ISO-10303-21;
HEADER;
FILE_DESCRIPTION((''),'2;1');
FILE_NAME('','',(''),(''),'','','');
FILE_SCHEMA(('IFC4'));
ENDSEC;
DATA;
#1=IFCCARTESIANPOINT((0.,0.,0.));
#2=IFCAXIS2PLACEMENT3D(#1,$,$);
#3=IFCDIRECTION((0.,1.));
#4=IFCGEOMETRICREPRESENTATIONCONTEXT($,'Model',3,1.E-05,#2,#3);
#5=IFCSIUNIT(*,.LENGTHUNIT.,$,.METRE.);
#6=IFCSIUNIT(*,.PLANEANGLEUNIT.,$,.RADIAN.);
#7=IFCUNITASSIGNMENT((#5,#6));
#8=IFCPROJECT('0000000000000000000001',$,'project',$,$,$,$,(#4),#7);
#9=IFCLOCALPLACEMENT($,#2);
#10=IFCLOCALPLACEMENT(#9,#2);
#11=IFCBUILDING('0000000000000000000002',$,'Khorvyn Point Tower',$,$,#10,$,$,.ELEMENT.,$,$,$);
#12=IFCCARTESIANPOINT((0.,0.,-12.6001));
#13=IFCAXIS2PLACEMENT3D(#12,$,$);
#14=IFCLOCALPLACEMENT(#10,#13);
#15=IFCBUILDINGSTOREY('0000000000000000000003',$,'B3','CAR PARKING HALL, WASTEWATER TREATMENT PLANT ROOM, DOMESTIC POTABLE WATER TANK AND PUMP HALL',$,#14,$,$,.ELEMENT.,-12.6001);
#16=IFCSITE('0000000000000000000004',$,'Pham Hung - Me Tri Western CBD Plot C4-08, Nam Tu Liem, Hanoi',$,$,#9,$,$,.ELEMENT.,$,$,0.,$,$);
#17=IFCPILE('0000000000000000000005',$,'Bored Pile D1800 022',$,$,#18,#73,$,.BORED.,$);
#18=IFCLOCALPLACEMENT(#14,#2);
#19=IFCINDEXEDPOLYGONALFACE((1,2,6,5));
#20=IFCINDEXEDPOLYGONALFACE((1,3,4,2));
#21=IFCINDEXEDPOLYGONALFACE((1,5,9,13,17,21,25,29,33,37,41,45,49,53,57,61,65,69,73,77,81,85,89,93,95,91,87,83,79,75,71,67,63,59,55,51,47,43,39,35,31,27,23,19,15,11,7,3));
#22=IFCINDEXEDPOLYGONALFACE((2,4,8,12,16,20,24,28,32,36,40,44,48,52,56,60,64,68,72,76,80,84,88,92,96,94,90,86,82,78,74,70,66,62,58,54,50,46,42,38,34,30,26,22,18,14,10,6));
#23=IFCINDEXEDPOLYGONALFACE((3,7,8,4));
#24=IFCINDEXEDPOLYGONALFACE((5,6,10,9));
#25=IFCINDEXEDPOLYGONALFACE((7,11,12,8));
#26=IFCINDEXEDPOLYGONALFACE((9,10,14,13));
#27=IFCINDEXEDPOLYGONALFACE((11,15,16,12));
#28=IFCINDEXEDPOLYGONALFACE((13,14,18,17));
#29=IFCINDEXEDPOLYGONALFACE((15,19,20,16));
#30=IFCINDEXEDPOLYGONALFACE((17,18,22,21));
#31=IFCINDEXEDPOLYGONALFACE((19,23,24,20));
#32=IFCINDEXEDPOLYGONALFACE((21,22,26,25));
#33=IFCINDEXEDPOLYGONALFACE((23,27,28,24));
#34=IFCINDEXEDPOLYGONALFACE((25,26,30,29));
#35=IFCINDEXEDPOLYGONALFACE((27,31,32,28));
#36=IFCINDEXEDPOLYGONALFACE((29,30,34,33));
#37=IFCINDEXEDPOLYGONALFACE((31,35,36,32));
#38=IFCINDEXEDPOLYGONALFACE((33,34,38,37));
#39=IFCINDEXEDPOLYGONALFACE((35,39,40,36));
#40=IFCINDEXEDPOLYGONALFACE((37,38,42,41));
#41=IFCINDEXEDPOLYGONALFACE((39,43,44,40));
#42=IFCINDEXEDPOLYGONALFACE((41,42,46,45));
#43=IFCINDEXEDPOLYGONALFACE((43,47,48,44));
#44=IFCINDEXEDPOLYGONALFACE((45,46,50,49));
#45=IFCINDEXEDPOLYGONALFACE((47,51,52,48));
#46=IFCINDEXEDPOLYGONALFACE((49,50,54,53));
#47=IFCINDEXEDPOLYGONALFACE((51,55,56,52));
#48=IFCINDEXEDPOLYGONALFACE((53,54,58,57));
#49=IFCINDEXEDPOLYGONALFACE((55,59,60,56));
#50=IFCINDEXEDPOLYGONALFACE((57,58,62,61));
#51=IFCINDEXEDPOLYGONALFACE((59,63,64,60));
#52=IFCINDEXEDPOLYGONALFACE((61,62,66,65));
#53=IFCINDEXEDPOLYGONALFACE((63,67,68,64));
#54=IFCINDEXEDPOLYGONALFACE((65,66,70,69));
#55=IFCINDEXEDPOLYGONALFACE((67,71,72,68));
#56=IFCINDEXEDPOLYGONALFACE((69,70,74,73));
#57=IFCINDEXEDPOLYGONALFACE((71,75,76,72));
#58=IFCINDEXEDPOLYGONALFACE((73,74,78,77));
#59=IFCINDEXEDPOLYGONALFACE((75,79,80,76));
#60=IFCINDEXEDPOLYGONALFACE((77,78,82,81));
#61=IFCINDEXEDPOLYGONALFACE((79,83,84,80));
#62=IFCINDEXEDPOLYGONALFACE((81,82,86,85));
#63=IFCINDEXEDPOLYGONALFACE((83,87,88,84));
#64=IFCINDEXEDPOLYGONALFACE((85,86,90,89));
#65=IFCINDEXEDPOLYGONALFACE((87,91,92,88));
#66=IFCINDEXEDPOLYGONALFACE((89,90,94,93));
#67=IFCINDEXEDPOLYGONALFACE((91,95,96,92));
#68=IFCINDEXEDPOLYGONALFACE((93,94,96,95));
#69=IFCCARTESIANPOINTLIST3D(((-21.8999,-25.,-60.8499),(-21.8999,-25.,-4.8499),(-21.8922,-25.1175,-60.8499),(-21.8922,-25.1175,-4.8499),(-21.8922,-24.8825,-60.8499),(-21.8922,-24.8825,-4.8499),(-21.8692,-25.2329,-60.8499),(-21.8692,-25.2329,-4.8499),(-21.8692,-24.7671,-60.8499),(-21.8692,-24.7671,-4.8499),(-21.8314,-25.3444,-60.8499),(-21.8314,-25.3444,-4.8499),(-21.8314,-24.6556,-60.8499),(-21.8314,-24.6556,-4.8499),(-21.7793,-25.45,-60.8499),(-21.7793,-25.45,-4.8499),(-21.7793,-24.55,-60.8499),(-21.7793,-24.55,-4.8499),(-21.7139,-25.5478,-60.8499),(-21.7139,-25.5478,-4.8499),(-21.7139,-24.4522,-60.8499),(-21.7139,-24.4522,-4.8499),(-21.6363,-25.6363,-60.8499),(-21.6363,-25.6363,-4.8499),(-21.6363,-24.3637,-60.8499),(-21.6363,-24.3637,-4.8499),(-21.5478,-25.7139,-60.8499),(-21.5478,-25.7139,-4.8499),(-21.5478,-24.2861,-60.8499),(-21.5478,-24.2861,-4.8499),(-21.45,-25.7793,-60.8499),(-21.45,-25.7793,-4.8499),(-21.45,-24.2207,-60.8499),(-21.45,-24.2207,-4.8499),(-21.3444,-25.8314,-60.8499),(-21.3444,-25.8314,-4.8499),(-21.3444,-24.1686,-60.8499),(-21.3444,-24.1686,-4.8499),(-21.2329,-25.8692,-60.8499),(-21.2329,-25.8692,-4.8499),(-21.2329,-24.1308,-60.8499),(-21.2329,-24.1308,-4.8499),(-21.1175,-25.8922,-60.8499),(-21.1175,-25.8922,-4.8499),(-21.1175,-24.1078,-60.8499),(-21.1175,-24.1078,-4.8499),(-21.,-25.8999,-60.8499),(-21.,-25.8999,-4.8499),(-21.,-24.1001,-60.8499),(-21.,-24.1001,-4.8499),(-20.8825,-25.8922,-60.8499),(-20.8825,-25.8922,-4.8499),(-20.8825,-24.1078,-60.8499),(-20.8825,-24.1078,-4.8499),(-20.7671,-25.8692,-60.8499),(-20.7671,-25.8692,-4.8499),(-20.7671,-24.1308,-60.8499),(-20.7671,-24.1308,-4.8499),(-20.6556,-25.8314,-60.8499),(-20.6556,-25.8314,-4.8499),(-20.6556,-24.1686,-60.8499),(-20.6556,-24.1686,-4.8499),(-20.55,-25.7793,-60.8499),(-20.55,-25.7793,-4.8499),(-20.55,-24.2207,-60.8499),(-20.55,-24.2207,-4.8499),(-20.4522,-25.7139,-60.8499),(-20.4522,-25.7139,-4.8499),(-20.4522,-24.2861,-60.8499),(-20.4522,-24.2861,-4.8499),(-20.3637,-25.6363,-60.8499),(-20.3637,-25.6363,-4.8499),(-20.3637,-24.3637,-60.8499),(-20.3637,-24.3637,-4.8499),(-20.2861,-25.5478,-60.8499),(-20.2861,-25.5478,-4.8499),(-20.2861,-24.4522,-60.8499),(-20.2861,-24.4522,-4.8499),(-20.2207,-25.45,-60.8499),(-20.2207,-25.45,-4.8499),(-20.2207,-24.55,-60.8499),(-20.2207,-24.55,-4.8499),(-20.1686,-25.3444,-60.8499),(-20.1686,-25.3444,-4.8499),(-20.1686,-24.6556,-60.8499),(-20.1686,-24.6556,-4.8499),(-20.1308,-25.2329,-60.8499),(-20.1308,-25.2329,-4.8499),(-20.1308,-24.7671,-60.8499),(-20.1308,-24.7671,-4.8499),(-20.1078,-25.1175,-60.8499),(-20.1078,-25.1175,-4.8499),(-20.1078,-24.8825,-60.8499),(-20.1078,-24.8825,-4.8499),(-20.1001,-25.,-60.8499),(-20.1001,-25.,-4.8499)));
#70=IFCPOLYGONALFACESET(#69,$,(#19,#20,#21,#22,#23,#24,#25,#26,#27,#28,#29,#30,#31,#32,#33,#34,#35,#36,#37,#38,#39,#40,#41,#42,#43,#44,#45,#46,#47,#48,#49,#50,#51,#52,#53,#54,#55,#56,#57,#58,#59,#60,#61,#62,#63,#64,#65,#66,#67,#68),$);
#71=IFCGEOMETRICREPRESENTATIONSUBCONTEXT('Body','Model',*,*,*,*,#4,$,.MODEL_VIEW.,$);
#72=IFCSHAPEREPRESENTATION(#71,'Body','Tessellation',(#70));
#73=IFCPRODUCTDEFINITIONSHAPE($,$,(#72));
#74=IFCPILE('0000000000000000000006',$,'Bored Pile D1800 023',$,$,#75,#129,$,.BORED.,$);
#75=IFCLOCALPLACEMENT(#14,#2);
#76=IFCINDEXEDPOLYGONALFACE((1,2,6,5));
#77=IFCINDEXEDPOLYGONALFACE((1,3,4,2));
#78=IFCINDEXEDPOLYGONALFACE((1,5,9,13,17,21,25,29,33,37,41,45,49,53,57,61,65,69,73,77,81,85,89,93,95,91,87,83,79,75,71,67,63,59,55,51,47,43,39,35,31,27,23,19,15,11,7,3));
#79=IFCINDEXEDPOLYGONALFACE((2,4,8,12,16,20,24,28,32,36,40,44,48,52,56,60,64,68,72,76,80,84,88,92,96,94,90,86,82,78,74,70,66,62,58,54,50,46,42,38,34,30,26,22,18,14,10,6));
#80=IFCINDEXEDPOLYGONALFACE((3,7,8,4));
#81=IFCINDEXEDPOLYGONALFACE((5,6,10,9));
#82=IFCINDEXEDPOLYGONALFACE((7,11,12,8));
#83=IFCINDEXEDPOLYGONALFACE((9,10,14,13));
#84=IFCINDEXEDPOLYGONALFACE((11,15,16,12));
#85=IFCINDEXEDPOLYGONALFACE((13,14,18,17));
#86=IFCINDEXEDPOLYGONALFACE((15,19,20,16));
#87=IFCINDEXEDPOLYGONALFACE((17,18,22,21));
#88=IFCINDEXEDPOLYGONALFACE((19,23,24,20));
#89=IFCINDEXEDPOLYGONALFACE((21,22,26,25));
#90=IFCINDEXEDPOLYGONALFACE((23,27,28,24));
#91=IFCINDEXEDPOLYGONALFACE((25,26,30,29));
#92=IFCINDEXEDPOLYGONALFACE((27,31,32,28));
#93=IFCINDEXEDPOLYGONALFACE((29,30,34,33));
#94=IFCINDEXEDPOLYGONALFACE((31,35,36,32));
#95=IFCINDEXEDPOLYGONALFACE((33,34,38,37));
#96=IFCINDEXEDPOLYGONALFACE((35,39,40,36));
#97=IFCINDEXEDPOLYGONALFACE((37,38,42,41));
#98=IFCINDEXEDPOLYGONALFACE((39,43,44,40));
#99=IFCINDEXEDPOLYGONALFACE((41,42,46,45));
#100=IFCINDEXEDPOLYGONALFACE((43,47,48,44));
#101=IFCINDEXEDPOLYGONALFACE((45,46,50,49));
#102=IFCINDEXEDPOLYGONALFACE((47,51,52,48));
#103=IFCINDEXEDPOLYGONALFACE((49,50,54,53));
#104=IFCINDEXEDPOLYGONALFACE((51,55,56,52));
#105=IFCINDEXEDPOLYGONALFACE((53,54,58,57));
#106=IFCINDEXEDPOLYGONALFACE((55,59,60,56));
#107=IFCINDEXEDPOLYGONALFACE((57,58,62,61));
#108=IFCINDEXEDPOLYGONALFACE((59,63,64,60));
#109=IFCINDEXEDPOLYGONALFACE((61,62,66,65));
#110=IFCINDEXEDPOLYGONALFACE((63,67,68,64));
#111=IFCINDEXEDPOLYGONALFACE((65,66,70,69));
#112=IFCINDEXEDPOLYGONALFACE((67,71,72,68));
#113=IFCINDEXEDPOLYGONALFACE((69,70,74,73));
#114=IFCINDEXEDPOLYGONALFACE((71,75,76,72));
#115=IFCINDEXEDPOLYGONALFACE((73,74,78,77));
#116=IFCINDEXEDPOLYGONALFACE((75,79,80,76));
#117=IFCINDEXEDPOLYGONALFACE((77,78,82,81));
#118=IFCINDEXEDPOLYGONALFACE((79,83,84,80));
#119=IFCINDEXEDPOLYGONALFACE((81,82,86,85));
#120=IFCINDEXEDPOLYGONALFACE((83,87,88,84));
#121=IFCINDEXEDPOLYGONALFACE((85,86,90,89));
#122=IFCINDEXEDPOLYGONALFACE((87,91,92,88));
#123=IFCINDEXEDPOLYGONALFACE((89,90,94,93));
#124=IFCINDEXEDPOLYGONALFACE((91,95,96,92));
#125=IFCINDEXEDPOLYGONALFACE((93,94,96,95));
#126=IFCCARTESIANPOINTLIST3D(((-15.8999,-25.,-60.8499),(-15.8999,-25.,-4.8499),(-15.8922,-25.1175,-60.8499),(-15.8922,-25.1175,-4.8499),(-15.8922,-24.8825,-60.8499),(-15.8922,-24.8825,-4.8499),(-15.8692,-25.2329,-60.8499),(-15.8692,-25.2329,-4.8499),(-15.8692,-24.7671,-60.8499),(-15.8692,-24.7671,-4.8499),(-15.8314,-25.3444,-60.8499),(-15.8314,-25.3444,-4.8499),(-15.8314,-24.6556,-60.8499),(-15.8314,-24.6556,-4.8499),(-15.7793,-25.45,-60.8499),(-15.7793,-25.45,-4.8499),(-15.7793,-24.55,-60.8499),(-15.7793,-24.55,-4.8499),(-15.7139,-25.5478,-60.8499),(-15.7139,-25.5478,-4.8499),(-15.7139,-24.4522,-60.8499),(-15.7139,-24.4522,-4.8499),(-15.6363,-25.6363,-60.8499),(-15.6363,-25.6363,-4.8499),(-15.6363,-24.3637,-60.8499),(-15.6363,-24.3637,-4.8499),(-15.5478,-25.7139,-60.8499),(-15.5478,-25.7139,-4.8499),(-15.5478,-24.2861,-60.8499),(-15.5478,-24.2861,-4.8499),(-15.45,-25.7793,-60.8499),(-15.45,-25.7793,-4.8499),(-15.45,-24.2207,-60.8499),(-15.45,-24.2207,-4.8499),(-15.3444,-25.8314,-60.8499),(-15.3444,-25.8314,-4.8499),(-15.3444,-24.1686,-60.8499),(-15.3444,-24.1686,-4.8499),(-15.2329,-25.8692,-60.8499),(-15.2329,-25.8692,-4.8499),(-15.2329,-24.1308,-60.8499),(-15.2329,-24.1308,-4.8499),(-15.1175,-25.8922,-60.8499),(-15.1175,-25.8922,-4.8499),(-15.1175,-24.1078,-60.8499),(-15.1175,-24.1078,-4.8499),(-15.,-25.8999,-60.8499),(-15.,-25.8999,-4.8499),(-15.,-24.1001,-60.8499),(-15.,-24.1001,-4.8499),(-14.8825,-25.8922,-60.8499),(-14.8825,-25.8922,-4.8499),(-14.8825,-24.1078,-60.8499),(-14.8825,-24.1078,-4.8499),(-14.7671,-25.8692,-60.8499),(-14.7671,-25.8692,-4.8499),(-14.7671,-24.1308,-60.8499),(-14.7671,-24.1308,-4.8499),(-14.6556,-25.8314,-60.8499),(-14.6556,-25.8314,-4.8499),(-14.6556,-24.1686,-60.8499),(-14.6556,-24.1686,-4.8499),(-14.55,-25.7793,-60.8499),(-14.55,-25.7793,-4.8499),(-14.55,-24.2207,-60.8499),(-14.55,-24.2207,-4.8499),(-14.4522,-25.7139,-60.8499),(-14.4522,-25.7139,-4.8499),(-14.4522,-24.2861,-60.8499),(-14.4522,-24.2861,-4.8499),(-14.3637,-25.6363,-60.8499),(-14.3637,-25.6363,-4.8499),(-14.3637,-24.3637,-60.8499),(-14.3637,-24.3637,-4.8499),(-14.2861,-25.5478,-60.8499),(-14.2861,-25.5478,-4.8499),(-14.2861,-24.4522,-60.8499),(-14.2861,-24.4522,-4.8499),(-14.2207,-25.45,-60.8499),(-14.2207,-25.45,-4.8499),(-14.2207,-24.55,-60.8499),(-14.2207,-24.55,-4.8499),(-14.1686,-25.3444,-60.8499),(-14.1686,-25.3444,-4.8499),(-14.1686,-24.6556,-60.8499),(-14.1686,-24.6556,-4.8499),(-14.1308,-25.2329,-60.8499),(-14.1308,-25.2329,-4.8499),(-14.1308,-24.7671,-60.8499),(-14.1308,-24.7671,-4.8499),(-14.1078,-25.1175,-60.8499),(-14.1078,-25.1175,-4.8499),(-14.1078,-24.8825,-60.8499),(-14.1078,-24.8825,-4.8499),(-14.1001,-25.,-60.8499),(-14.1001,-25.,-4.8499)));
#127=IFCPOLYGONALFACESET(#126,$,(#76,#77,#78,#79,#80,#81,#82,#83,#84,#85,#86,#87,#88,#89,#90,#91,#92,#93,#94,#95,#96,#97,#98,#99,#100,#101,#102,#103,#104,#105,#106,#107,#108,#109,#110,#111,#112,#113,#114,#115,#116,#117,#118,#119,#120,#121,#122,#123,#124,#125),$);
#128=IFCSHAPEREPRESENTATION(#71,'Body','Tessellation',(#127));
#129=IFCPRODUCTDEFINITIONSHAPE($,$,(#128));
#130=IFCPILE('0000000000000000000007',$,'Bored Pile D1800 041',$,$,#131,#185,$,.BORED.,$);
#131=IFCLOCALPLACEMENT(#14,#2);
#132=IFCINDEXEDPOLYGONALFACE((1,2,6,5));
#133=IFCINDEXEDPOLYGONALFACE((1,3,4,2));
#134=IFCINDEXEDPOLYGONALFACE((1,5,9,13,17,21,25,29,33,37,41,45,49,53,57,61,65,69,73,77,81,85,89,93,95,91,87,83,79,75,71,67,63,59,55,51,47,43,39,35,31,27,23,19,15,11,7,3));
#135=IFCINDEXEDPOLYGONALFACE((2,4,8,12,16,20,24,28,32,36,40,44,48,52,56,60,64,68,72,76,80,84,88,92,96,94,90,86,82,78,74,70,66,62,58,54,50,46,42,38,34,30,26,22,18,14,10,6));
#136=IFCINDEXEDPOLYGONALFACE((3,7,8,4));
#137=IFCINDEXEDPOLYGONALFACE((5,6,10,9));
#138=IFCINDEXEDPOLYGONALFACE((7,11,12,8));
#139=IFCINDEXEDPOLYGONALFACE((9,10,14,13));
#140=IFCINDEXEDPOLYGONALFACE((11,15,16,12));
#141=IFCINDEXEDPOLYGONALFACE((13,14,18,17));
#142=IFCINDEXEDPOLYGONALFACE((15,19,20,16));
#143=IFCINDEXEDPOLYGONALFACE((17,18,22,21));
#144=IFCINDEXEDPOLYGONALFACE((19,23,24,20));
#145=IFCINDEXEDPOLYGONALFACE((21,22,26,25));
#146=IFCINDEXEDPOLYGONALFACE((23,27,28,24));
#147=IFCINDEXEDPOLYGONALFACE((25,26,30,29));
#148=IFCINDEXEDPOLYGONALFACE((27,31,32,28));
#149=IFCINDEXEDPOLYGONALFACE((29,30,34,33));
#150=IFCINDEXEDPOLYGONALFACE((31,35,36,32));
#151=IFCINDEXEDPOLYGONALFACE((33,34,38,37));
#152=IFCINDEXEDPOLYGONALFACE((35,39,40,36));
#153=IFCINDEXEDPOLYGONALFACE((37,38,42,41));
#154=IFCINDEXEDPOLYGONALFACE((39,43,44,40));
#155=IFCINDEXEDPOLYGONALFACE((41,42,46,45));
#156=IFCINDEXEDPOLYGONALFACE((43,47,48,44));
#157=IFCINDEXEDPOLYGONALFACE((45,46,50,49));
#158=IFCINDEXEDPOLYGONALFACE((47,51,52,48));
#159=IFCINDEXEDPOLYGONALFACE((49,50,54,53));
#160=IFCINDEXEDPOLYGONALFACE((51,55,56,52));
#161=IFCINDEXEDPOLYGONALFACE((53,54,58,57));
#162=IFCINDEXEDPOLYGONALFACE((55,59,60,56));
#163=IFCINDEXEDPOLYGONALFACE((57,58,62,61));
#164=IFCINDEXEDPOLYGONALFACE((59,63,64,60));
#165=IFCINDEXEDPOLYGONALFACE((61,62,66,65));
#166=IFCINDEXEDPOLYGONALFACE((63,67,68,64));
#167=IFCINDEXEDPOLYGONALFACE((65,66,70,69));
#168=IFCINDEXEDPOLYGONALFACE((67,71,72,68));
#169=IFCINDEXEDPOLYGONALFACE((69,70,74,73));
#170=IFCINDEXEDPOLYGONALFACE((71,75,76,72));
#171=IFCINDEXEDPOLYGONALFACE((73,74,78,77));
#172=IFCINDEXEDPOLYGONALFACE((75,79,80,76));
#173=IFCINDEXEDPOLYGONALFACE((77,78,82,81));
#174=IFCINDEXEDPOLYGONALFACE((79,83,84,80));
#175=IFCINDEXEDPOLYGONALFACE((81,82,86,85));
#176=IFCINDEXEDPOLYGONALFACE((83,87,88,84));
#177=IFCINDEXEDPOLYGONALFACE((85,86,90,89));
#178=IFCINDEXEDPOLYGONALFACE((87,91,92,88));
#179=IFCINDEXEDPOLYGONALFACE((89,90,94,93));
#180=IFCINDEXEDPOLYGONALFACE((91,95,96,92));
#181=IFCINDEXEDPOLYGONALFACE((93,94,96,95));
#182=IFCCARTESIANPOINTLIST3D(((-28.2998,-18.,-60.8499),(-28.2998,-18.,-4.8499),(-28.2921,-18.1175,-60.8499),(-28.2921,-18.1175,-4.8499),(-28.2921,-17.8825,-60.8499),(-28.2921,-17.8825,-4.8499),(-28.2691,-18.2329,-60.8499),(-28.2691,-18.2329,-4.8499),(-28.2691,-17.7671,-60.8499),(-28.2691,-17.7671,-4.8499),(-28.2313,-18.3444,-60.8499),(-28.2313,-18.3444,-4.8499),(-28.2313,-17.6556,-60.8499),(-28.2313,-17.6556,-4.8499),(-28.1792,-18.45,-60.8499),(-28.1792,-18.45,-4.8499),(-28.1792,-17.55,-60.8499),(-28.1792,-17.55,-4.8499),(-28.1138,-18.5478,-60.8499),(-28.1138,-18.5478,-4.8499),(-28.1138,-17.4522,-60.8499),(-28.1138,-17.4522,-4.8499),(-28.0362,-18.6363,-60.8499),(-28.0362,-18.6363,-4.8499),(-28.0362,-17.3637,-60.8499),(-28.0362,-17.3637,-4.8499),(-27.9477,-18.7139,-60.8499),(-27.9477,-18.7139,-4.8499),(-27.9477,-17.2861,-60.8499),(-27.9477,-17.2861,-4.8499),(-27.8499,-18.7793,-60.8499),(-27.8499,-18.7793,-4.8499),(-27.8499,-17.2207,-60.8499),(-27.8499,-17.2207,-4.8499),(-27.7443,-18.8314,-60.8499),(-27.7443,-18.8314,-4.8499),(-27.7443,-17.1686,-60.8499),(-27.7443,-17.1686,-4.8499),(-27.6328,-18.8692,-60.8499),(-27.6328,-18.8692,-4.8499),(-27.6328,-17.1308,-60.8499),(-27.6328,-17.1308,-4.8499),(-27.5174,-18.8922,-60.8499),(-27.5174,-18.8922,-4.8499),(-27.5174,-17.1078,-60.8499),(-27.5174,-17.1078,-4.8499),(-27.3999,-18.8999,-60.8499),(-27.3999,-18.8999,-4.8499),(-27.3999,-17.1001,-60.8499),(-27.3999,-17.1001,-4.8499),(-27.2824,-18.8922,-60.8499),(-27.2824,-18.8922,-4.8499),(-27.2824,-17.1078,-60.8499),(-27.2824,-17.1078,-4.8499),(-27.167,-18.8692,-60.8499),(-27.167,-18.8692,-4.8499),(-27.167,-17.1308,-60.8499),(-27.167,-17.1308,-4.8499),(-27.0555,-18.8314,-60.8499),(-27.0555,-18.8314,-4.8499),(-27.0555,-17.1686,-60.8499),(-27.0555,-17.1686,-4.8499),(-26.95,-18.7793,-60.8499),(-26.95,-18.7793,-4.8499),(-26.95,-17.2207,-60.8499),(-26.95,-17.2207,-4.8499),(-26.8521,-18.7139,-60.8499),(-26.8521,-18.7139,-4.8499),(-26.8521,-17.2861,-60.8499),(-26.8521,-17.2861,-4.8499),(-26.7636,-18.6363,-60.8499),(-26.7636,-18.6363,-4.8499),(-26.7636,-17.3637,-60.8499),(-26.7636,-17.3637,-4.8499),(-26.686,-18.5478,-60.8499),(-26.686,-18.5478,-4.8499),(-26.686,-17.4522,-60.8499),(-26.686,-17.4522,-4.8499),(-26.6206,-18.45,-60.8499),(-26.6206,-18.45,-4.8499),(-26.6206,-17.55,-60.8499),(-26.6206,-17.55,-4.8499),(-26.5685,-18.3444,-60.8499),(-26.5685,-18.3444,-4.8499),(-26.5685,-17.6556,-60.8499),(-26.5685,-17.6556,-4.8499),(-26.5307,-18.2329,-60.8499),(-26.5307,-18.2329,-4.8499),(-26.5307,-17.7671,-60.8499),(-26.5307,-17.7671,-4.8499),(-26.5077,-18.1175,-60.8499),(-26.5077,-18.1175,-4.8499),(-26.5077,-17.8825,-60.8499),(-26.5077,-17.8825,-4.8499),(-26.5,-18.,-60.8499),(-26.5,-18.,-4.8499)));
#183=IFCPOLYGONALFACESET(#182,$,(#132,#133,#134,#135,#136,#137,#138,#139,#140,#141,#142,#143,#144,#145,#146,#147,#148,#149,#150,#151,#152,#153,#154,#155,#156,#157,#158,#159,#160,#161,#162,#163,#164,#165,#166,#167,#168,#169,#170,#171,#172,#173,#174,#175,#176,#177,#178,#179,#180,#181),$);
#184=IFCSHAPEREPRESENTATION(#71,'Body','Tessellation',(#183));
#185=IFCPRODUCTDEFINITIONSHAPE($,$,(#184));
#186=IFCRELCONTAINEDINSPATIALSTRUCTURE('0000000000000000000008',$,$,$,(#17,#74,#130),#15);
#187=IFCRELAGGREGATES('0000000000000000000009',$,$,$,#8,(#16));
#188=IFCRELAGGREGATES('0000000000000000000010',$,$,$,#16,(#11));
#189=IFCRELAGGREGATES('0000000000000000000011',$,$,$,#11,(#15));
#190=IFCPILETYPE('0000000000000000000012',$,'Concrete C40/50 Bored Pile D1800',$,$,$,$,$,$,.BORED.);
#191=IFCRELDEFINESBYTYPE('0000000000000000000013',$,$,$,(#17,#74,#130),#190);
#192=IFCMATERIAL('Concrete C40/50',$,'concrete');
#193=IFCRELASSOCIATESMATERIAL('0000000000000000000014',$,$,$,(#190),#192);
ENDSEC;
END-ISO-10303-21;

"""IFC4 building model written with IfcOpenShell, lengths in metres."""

from ifc_helpers import new_model, si_unit, direction, frame, origin, origin_2d, place, context, subcontext, project, spatial, circle, extrude, material, material_profile, profile_set, type_object, element, save


model = new_model("IFC4")

# Units and contexts
model_context = context("Model", 3, precision=1e-05, world=origin(), true_north=direction((0.0, 1.0)))
body_context = subcontext(model_context, "Body", "Model", "MODEL_VIEW")
ifc_project = project(units=[si_unit("LENGTHUNIT", "METRE"), si_unit("PLANEANGLEUNIT", "RADIAN")], contexts=[model_context])

# Site, building, storey
site_placement = place(None, origin())
site = spatial("IfcSite", under=ifc_project, at=site_placement, Name="Pham Hung - Me Tri Western CBD Plot C4-08, Nam Tu Liem, Hanoi", CompositionType="ELEMENT", RefElevation=0.0)
building_placement = place(site_placement, origin())
building = spatial("IfcBuilding", under=site, at=building_placement, Name="Khorvyn Point Tower", CompositionType="ELEMENT")
storey_placement = place(building_placement, frame((0.0, 0.0, -12.6001)))
storey = spatial("IfcBuildingStorey", under=building, at=storey_placement, Name="B3", Description="CAR PARKING HALL, WASTEWATER TREATMENT PLANT ROOM, DOMESTIC POTABLE WATER TANK AND PUMP HALL", CompositionType="ELEMENT", Elevation=-12.6001)

# Piles
ifc_material_1 = material(Name="Concrete C40/50", Category="concrete")
ifc_material_profile_1 = material_profile(ifc_material_1, circle(Radius=0.8999, at=origin_2d()))
ifc_profile_set_1 = profile_set([ifc_material_profile_1], Name="Concrete C40/50 PILE-D1800")
pile_type_1 = type_object("IfcPileType", Name="Concrete C40/50 Bored Pile D1800", PredefinedType="BORED", material=ifc_profile_set_1)
for number, where, z_axis, x_axis, name in (
    (1, (-21.0, -25.0, -4.8499), (0.0, 0.0, -1.0), (1.0, 0.0, 0.0), "Bored Pile D1800 022"),
    (2, (-15.0, -25.0, -4.8499), (0.0, 0.0, -1.0), (1.0, 0.0, 0.0), "Bored Pile D1800 023"),
    (3, (-27.3999, -18.0, -4.8499), (0.0, 0.0, -1.0), (1.0, 0.0, 0.0), "Bored Pile D1800 041"),
):
    element("IfcPile", number, at=place(storey_placement, frame(where, z_axis=z_axis, x_axis=x_axis)), inside=storey, type_object=pile_type_1, Name=name, PredefinedType="BORED", context=body_context, shape_type="SweptSolid", body=[
        extrude(circle(Radius=0.8999, at=origin_2d()), origin(), (0.0, 0.0, 1.0), 56.0),
    ])

save(model, "model.ifc")
